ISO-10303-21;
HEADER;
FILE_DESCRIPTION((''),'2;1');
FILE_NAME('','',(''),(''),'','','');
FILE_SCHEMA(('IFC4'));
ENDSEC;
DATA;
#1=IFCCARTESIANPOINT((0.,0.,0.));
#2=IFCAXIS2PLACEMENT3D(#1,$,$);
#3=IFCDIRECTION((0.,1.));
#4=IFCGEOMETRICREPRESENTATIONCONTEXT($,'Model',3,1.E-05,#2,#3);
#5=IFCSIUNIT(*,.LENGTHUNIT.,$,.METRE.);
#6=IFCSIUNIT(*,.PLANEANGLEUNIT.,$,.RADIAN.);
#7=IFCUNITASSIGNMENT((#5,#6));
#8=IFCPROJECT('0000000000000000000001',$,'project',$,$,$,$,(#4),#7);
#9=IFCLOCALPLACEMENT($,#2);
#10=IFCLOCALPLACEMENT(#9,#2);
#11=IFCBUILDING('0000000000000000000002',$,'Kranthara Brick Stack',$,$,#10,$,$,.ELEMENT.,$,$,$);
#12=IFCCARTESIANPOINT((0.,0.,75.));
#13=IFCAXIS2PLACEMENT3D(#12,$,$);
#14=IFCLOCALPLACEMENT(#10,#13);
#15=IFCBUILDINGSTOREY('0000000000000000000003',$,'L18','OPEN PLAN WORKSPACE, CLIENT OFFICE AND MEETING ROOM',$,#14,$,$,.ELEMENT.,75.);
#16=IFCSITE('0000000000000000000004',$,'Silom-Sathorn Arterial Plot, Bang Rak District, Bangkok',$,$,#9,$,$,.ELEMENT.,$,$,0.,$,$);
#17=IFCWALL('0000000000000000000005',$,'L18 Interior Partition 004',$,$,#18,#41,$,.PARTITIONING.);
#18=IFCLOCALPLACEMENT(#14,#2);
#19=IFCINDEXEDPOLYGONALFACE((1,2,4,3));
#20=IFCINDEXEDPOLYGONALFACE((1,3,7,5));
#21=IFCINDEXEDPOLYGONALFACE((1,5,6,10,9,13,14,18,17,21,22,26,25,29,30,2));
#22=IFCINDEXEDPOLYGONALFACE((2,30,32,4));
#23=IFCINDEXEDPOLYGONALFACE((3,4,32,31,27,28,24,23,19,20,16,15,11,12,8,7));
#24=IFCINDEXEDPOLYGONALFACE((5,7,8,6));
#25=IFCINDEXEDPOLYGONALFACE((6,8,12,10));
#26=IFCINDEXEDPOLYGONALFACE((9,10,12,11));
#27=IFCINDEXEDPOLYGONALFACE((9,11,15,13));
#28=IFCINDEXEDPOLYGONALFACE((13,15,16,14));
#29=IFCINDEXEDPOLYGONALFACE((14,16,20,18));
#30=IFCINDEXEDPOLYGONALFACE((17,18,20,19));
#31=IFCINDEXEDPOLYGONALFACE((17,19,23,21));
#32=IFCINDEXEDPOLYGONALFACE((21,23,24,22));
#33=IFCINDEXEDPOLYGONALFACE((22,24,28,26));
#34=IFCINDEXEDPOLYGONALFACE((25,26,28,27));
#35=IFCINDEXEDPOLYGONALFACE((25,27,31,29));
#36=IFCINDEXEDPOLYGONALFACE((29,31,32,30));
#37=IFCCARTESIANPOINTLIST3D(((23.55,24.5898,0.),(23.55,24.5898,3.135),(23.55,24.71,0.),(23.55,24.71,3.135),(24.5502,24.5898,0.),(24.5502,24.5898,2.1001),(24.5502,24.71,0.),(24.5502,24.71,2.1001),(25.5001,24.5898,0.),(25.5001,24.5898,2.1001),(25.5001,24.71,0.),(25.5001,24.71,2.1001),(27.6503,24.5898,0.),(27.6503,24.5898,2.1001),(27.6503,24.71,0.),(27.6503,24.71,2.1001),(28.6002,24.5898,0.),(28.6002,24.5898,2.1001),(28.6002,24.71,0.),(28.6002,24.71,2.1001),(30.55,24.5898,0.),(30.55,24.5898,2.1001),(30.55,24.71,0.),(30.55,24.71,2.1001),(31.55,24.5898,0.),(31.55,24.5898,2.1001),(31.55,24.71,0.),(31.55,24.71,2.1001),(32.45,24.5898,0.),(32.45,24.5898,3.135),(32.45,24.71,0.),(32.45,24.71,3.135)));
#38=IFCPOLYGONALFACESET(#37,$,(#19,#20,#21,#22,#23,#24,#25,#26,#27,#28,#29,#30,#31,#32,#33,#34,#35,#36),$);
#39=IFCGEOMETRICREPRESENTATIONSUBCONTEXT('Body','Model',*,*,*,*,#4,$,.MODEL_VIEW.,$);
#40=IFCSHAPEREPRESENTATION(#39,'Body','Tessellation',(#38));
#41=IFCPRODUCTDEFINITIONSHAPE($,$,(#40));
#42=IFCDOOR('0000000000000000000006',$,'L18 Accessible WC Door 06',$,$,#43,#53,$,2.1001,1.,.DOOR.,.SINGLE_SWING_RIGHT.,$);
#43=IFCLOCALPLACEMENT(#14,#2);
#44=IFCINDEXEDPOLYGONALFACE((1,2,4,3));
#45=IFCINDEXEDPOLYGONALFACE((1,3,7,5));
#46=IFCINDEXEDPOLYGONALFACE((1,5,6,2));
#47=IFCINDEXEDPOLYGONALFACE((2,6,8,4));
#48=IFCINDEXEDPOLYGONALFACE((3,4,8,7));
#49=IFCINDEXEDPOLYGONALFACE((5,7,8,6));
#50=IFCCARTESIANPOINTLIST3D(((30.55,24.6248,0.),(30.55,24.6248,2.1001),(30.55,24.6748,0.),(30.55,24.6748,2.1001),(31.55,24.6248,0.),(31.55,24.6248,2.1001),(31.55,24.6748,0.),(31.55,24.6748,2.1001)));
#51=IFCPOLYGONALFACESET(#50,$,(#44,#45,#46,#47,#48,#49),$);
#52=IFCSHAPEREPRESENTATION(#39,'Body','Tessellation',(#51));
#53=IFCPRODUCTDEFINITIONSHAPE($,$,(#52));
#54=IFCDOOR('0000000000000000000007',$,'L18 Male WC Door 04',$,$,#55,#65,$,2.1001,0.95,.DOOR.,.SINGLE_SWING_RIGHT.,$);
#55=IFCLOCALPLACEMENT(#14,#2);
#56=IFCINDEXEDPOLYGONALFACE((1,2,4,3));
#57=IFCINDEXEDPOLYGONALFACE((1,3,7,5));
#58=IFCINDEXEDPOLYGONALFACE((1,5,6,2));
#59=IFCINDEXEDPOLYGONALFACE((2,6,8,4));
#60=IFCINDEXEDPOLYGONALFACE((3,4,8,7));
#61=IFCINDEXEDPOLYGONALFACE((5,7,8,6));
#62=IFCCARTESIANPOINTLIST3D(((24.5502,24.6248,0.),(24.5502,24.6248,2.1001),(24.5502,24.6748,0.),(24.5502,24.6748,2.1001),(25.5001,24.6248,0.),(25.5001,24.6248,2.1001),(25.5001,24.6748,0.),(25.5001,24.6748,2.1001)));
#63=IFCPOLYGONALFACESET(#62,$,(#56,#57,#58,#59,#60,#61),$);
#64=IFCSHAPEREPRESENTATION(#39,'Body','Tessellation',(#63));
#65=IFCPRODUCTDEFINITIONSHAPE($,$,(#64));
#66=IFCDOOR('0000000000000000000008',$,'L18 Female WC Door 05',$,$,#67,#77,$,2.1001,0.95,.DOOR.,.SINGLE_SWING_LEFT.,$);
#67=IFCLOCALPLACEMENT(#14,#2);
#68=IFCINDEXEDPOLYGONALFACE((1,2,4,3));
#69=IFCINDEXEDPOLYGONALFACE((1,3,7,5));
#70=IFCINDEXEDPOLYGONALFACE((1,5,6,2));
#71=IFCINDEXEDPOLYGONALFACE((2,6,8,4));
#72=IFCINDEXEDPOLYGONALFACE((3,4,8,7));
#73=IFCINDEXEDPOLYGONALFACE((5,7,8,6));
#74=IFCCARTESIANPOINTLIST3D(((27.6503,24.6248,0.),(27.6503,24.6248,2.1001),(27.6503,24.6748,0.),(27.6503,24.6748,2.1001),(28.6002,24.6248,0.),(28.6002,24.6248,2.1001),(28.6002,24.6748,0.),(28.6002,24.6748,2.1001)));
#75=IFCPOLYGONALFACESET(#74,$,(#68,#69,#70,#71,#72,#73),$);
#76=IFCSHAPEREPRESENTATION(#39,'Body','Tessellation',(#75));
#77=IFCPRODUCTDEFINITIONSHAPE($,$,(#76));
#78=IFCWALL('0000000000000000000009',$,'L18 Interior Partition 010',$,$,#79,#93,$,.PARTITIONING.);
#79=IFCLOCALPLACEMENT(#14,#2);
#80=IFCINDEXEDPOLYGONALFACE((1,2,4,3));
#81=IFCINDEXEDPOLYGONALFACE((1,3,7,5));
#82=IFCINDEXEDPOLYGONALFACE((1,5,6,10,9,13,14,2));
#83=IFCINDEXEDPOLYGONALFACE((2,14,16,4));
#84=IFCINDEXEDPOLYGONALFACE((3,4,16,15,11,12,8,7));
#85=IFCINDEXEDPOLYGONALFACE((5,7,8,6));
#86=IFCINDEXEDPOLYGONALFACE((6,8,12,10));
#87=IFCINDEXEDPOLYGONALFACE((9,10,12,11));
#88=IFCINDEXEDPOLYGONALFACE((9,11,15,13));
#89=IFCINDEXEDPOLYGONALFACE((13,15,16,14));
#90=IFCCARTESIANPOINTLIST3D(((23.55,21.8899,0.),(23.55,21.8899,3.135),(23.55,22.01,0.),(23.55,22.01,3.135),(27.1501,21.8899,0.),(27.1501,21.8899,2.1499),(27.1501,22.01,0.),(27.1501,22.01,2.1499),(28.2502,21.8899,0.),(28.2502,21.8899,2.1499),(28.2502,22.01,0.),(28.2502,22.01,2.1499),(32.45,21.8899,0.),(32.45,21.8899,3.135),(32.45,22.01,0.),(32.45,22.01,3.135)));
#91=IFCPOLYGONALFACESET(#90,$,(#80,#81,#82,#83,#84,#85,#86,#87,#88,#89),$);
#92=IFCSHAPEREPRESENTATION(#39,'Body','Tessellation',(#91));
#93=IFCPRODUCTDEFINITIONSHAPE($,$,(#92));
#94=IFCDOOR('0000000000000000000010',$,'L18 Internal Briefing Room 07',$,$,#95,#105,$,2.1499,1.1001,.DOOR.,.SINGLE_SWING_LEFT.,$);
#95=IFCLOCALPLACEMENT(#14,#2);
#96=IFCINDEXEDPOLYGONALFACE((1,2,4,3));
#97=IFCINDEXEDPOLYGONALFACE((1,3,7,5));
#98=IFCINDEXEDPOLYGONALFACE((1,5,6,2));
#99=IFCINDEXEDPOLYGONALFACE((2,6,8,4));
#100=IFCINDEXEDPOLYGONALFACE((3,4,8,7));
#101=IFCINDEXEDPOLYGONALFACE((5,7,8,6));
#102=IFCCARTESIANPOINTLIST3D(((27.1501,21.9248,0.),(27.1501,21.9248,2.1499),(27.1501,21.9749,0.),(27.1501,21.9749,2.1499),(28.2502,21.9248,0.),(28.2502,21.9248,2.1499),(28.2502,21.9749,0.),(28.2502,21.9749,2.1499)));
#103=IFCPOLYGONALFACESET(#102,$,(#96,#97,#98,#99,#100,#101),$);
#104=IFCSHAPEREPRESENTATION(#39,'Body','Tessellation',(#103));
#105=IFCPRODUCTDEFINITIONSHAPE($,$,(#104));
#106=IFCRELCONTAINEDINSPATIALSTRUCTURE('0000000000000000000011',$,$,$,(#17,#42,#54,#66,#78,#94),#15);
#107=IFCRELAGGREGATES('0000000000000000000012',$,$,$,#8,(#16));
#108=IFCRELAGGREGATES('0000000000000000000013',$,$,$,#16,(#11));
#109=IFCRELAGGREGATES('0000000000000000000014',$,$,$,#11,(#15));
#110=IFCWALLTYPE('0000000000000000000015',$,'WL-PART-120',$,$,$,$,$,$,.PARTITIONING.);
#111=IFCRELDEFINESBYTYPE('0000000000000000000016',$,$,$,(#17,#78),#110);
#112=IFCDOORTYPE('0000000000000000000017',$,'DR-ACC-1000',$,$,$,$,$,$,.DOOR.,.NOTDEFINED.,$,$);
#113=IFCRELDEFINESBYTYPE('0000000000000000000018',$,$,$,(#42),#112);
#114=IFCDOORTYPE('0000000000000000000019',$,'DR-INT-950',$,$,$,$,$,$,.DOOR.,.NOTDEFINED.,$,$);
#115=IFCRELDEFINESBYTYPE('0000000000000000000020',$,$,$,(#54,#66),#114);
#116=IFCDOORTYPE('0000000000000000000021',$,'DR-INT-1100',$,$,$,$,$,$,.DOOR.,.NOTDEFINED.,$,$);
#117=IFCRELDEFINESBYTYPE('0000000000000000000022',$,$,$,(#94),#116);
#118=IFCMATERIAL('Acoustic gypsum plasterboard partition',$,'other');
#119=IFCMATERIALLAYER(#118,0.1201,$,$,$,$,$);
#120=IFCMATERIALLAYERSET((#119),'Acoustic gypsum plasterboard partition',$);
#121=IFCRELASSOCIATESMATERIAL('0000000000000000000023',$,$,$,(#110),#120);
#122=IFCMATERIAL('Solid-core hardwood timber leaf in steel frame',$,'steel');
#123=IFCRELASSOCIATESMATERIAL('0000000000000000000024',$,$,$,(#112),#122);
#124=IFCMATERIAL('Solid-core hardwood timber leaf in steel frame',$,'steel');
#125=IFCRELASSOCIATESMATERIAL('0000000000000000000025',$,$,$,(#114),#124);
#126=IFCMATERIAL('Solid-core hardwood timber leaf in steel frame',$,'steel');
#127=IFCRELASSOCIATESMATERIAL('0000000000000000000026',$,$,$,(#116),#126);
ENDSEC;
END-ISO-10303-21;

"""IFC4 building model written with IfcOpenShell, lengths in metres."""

from ifc_helpers import new_model, si_unit, direction, frame, frame_2d, origin, place, context, subcontext, project, spatial, rectangle, extrude, material, layer, layer_set, type_object, element, fill, save


model = new_model("IFC4")

# Units and contexts
model_context = context("Model", 3, precision=1e-05, world=origin(), true_north=direction((0.0, 1.0)))
body_context = subcontext(model_context, "Body", "Model", "MODEL_VIEW")
ifc_project = project(units=[si_unit("LENGTHUNIT", "METRE"), si_unit("PLANEANGLEUNIT", "RADIAN")], contexts=[model_context])

# Site, building, storey
site_placement = place(None, origin())
site = spatial("IfcSite", under=ifc_project, at=site_placement, Name="Silom-Sathorn Arterial Plot, Bang Rak District, Bangkok", CompositionType="ELEMENT", RefElevation=0.0)
building_placement = place(site_placement, origin())
building = spatial("IfcBuilding", under=site, at=building_placement, Name="Kranthara Brick Stack", CompositionType="ELEMENT")
storey_placement = place(building_placement, frame((0.0, 0.0, 75.0)))
storey = spatial("IfcBuildingStorey", under=building, at=storey_placement, Name="L18", Description="OPEN PLAN WORKSPACE, CLIENT OFFICE AND MEETING ROOM", CompositionType="ELEMENT", Elevation=75.0)

# Wall, openings, doors
ifc_material_1 = material(Name="Acoustic gypsum plasterboard partition", Category="other")
ifc_layer_1 = layer(ifc_material_1, 0.1201)
ifc_layer_set_1 = layer_set([ifc_layer_1], Name="Acoustic gypsum plasterboard partition")
wall_type_1 = type_object("IfcWallType", Name="WL-PART-120", PredefinedType="PARTITIONING", material=ifc_layer_set_1)
wall_1_placement = place(storey_placement, frame((23.55, 24.6499, 0.0), z_axis=(0.0, 0.0, 1.0), x_axis=(1.0, 0.0, 0.0)))
wall_1 = element("IfcWall", 1, at=wall_1_placement, inside=storey, type_object=wall_type_1, Name="L18 Interior Partition 004", PredefinedType="PARTITIONING", context=body_context, shape_type="SweptSolid", body=[
    extrude(rectangle(XDim=8.8999, YDim=0.1201, at=frame_2d((4.45, 0.0))), origin(), (0.0, 0.0, 1.0), 3.135),
])
opening_1_placement = place(wall_1_placement, frame((1.0, 0.0, 0.0)))
opening_1 = element("IfcOpeningElement", 2, at=opening_1_placement, cuts=wall_1, PredefinedType="OPENING", context=body_context, shape_type="SweptSolid", body=[
    extrude(rectangle(XDim=0.95, YDim=2.1001, at=frame_2d((0.4751, 1.05))), frame((0.0, 0.0701, 0.0), z_axis=(0.0, -1.0, 0.0), x_axis=(1.0, 0.0, 0.0)), (0.0, 0.0, 1.0), 0.1401),
])
opening_2_placement = place(wall_1_placement, frame((4.1001, 0.0, 0.0)))
opening_2 = element("IfcOpeningElement", 3, at=opening_2_placement, cuts=wall_1, PredefinedType="OPENING", context=body_context, shape_type="SweptSolid", body=[
    extrude(rectangle(XDim=0.95, YDim=2.1001, at=frame_2d((0.4751, 1.05))), frame((0.0, 0.0701, 0.0), z_axis=(0.0, -1.0, 0.0), x_axis=(1.0, 0.0, 0.0)), (0.0, 0.0, 1.0), 0.1401),
])
opening_3_placement = place(wall_1_placement, frame((7.0, 0.0, 0.0)))
opening_3 = element("IfcOpeningElement", 4, at=opening_3_placement, cuts=wall_1, PredefinedType="OPENING", context=body_context, shape_type="SweptSolid", body=[
    extrude(rectangle(XDim=1.0, YDim=2.1001, at=frame_2d((0.5, 1.05))), frame((0.0, 0.0701, 0.0), z_axis=(0.0, -1.0, 0.0), x_axis=(1.0, 0.0, 0.0)), (0.0, 0.0, 1.0), 0.1401),
])
ifc_material_2 = material(Name="Solid-core hardwood timber leaf in steel frame", Category="steel")
door_type_1 = type_object("IfcDoorType", Name="DR-ACC-1000", OperationType="NOTDEFINED", PredefinedType="DOOR", material=ifc_material_2)
door_1_placement = place(opening_3_placement, origin())
door_1 = element("IfcDoor", 5, at=door_1_placement, inside=storey, type_object=door_type_1, Name="L18 Accessible WC Door 06", OperationType="SINGLE_SWING_RIGHT", OverallHeight=2.1001, OverallWidth=1.0, PredefinedType="DOOR", context=body_context, shape_type="SweptSolid", body=[
    extrude(rectangle(XDim=1.0, YDim=2.1001, at=frame_2d((0.5, 1.05))), frame((0.0, 0.0249, 0.0), z_axis=(0.0, -1.0, 0.0), x_axis=(1.0, 0.0, 0.0)), (0.0, 0.0, 1.0), 0.05),
])
fill(opening_3, door_1)
ifc_material_3 = material(Name="Solid-core hardwood timber leaf in steel frame", Category="steel")
door_type_2 = type_object("IfcDoorType", Name="DR-INT-950", OperationType="NOTDEFINED", PredefinedType="DOOR", material=ifc_material_3)
door_2_placement = place(opening_1_placement, origin())
door_2 = element("IfcDoor", 6, at=door_2_placement, inside=storey, type_object=door_type_2, Name="L18 Male WC Door 04", OperationType="SINGLE_SWING_RIGHT", OverallHeight=2.1001, OverallWidth=0.95, PredefinedType="DOOR", context=body_context, shape_type="SweptSolid", body=[
    extrude(rectangle(XDim=0.95, YDim=2.1001, at=frame_2d((0.4751, 1.05))), frame((0.0, 0.0249, 0.0), z_axis=(0.0, -1.0, 0.0), x_axis=(1.0, 0.0, 0.0)), (0.0, 0.0, 1.0), 0.05),
])
fill(opening_1, door_2)
door_3_placement = place(opening_2_placement, origin())
door_3 = element("IfcDoor", 7, at=door_3_placement, inside=storey, type_object=door_type_2, Name="L18 Female WC Door 05", OperationType="SINGLE_SWING_LEFT", OverallHeight=2.1001, OverallWidth=0.95, PredefinedType="DOOR", context=body_context, shape_type="SweptSolid", body=[
    extrude(rectangle(XDim=0.95, YDim=2.1001, at=frame_2d((0.4751, 1.05))), frame((0.0, 0.0249, 0.0), z_axis=(0.0, -1.0, 0.0), x_axis=(1.0, 0.0, 0.0)), (0.0, 0.0, 1.0), 0.05),
])
fill(opening_2, door_3)

# Wall, opening, door
wall_2_placement = place(storey_placement, frame((23.55, 21.95, 0.0), z_axis=(0.0, 0.0, 1.0), x_axis=(1.0, 0.0, 0.0)))
wall_2 = element("IfcWall", 8, at=wall_2_placement, inside=storey, type_object=wall_type_1, Name="L18 Interior Partition 010", PredefinedType="PARTITIONING", context=body_context, shape_type="SweptSolid", body=[
    extrude(rectangle(XDim=8.8999, YDim=0.1201, at=frame_2d((4.45, 0.0))), origin(), (0.0, 0.0, 1.0), 3.135),
])
opening_4_placement = place(wall_2_placement, frame((3.6001, 0.0, 0.0)))
opening_4 = element("IfcOpeningElement", 9, at=opening_4_placement, cuts=wall_2, PredefinedType="OPENING", context=body_context, shape_type="SweptSolid", body=[
    extrude(rectangle(XDim=1.1001, YDim=2.1499, at=frame_2d((0.55, 1.075))), frame((0.0, 0.0701, 0.0), z_axis=(0.0, -1.0, 0.0), x_axis=(1.0, 0.0, 0.0)), (0.0, 0.0, 1.0), 0.1401),
])
ifc_material_4 = material(Name="Solid-core hardwood timber leaf in steel frame", Category="steel")
door_type_3 = type_object("IfcDoorType", Name="DR-INT-1100", OperationType="NOTDEFINED", PredefinedType="DOOR", material=ifc_material_4)
door_4_placement = place(opening_4_placement, origin())
door_4 = element("IfcDoor", 10, at=door_4_placement, inside=storey, type_object=door_type_3, Name="L18 Internal Briefing Room 07", OperationType="SINGLE_SWING_LEFT", OverallHeight=2.1499, OverallWidth=1.1001, PredefinedType="DOOR", context=body_context, shape_type="SweptSolid", body=[
    extrude(rectangle(XDim=1.1001, YDim=2.1499, at=frame_2d((0.55, 1.075))), frame((0.0, 0.0249, 0.0), z_axis=(0.0, -1.0, 0.0), x_axis=(1.0, 0.0, 0.0)), (0.0, 0.0, 1.0), 0.05),
])
fill(opening_4, door_4)

save(model, "model.ifc")
